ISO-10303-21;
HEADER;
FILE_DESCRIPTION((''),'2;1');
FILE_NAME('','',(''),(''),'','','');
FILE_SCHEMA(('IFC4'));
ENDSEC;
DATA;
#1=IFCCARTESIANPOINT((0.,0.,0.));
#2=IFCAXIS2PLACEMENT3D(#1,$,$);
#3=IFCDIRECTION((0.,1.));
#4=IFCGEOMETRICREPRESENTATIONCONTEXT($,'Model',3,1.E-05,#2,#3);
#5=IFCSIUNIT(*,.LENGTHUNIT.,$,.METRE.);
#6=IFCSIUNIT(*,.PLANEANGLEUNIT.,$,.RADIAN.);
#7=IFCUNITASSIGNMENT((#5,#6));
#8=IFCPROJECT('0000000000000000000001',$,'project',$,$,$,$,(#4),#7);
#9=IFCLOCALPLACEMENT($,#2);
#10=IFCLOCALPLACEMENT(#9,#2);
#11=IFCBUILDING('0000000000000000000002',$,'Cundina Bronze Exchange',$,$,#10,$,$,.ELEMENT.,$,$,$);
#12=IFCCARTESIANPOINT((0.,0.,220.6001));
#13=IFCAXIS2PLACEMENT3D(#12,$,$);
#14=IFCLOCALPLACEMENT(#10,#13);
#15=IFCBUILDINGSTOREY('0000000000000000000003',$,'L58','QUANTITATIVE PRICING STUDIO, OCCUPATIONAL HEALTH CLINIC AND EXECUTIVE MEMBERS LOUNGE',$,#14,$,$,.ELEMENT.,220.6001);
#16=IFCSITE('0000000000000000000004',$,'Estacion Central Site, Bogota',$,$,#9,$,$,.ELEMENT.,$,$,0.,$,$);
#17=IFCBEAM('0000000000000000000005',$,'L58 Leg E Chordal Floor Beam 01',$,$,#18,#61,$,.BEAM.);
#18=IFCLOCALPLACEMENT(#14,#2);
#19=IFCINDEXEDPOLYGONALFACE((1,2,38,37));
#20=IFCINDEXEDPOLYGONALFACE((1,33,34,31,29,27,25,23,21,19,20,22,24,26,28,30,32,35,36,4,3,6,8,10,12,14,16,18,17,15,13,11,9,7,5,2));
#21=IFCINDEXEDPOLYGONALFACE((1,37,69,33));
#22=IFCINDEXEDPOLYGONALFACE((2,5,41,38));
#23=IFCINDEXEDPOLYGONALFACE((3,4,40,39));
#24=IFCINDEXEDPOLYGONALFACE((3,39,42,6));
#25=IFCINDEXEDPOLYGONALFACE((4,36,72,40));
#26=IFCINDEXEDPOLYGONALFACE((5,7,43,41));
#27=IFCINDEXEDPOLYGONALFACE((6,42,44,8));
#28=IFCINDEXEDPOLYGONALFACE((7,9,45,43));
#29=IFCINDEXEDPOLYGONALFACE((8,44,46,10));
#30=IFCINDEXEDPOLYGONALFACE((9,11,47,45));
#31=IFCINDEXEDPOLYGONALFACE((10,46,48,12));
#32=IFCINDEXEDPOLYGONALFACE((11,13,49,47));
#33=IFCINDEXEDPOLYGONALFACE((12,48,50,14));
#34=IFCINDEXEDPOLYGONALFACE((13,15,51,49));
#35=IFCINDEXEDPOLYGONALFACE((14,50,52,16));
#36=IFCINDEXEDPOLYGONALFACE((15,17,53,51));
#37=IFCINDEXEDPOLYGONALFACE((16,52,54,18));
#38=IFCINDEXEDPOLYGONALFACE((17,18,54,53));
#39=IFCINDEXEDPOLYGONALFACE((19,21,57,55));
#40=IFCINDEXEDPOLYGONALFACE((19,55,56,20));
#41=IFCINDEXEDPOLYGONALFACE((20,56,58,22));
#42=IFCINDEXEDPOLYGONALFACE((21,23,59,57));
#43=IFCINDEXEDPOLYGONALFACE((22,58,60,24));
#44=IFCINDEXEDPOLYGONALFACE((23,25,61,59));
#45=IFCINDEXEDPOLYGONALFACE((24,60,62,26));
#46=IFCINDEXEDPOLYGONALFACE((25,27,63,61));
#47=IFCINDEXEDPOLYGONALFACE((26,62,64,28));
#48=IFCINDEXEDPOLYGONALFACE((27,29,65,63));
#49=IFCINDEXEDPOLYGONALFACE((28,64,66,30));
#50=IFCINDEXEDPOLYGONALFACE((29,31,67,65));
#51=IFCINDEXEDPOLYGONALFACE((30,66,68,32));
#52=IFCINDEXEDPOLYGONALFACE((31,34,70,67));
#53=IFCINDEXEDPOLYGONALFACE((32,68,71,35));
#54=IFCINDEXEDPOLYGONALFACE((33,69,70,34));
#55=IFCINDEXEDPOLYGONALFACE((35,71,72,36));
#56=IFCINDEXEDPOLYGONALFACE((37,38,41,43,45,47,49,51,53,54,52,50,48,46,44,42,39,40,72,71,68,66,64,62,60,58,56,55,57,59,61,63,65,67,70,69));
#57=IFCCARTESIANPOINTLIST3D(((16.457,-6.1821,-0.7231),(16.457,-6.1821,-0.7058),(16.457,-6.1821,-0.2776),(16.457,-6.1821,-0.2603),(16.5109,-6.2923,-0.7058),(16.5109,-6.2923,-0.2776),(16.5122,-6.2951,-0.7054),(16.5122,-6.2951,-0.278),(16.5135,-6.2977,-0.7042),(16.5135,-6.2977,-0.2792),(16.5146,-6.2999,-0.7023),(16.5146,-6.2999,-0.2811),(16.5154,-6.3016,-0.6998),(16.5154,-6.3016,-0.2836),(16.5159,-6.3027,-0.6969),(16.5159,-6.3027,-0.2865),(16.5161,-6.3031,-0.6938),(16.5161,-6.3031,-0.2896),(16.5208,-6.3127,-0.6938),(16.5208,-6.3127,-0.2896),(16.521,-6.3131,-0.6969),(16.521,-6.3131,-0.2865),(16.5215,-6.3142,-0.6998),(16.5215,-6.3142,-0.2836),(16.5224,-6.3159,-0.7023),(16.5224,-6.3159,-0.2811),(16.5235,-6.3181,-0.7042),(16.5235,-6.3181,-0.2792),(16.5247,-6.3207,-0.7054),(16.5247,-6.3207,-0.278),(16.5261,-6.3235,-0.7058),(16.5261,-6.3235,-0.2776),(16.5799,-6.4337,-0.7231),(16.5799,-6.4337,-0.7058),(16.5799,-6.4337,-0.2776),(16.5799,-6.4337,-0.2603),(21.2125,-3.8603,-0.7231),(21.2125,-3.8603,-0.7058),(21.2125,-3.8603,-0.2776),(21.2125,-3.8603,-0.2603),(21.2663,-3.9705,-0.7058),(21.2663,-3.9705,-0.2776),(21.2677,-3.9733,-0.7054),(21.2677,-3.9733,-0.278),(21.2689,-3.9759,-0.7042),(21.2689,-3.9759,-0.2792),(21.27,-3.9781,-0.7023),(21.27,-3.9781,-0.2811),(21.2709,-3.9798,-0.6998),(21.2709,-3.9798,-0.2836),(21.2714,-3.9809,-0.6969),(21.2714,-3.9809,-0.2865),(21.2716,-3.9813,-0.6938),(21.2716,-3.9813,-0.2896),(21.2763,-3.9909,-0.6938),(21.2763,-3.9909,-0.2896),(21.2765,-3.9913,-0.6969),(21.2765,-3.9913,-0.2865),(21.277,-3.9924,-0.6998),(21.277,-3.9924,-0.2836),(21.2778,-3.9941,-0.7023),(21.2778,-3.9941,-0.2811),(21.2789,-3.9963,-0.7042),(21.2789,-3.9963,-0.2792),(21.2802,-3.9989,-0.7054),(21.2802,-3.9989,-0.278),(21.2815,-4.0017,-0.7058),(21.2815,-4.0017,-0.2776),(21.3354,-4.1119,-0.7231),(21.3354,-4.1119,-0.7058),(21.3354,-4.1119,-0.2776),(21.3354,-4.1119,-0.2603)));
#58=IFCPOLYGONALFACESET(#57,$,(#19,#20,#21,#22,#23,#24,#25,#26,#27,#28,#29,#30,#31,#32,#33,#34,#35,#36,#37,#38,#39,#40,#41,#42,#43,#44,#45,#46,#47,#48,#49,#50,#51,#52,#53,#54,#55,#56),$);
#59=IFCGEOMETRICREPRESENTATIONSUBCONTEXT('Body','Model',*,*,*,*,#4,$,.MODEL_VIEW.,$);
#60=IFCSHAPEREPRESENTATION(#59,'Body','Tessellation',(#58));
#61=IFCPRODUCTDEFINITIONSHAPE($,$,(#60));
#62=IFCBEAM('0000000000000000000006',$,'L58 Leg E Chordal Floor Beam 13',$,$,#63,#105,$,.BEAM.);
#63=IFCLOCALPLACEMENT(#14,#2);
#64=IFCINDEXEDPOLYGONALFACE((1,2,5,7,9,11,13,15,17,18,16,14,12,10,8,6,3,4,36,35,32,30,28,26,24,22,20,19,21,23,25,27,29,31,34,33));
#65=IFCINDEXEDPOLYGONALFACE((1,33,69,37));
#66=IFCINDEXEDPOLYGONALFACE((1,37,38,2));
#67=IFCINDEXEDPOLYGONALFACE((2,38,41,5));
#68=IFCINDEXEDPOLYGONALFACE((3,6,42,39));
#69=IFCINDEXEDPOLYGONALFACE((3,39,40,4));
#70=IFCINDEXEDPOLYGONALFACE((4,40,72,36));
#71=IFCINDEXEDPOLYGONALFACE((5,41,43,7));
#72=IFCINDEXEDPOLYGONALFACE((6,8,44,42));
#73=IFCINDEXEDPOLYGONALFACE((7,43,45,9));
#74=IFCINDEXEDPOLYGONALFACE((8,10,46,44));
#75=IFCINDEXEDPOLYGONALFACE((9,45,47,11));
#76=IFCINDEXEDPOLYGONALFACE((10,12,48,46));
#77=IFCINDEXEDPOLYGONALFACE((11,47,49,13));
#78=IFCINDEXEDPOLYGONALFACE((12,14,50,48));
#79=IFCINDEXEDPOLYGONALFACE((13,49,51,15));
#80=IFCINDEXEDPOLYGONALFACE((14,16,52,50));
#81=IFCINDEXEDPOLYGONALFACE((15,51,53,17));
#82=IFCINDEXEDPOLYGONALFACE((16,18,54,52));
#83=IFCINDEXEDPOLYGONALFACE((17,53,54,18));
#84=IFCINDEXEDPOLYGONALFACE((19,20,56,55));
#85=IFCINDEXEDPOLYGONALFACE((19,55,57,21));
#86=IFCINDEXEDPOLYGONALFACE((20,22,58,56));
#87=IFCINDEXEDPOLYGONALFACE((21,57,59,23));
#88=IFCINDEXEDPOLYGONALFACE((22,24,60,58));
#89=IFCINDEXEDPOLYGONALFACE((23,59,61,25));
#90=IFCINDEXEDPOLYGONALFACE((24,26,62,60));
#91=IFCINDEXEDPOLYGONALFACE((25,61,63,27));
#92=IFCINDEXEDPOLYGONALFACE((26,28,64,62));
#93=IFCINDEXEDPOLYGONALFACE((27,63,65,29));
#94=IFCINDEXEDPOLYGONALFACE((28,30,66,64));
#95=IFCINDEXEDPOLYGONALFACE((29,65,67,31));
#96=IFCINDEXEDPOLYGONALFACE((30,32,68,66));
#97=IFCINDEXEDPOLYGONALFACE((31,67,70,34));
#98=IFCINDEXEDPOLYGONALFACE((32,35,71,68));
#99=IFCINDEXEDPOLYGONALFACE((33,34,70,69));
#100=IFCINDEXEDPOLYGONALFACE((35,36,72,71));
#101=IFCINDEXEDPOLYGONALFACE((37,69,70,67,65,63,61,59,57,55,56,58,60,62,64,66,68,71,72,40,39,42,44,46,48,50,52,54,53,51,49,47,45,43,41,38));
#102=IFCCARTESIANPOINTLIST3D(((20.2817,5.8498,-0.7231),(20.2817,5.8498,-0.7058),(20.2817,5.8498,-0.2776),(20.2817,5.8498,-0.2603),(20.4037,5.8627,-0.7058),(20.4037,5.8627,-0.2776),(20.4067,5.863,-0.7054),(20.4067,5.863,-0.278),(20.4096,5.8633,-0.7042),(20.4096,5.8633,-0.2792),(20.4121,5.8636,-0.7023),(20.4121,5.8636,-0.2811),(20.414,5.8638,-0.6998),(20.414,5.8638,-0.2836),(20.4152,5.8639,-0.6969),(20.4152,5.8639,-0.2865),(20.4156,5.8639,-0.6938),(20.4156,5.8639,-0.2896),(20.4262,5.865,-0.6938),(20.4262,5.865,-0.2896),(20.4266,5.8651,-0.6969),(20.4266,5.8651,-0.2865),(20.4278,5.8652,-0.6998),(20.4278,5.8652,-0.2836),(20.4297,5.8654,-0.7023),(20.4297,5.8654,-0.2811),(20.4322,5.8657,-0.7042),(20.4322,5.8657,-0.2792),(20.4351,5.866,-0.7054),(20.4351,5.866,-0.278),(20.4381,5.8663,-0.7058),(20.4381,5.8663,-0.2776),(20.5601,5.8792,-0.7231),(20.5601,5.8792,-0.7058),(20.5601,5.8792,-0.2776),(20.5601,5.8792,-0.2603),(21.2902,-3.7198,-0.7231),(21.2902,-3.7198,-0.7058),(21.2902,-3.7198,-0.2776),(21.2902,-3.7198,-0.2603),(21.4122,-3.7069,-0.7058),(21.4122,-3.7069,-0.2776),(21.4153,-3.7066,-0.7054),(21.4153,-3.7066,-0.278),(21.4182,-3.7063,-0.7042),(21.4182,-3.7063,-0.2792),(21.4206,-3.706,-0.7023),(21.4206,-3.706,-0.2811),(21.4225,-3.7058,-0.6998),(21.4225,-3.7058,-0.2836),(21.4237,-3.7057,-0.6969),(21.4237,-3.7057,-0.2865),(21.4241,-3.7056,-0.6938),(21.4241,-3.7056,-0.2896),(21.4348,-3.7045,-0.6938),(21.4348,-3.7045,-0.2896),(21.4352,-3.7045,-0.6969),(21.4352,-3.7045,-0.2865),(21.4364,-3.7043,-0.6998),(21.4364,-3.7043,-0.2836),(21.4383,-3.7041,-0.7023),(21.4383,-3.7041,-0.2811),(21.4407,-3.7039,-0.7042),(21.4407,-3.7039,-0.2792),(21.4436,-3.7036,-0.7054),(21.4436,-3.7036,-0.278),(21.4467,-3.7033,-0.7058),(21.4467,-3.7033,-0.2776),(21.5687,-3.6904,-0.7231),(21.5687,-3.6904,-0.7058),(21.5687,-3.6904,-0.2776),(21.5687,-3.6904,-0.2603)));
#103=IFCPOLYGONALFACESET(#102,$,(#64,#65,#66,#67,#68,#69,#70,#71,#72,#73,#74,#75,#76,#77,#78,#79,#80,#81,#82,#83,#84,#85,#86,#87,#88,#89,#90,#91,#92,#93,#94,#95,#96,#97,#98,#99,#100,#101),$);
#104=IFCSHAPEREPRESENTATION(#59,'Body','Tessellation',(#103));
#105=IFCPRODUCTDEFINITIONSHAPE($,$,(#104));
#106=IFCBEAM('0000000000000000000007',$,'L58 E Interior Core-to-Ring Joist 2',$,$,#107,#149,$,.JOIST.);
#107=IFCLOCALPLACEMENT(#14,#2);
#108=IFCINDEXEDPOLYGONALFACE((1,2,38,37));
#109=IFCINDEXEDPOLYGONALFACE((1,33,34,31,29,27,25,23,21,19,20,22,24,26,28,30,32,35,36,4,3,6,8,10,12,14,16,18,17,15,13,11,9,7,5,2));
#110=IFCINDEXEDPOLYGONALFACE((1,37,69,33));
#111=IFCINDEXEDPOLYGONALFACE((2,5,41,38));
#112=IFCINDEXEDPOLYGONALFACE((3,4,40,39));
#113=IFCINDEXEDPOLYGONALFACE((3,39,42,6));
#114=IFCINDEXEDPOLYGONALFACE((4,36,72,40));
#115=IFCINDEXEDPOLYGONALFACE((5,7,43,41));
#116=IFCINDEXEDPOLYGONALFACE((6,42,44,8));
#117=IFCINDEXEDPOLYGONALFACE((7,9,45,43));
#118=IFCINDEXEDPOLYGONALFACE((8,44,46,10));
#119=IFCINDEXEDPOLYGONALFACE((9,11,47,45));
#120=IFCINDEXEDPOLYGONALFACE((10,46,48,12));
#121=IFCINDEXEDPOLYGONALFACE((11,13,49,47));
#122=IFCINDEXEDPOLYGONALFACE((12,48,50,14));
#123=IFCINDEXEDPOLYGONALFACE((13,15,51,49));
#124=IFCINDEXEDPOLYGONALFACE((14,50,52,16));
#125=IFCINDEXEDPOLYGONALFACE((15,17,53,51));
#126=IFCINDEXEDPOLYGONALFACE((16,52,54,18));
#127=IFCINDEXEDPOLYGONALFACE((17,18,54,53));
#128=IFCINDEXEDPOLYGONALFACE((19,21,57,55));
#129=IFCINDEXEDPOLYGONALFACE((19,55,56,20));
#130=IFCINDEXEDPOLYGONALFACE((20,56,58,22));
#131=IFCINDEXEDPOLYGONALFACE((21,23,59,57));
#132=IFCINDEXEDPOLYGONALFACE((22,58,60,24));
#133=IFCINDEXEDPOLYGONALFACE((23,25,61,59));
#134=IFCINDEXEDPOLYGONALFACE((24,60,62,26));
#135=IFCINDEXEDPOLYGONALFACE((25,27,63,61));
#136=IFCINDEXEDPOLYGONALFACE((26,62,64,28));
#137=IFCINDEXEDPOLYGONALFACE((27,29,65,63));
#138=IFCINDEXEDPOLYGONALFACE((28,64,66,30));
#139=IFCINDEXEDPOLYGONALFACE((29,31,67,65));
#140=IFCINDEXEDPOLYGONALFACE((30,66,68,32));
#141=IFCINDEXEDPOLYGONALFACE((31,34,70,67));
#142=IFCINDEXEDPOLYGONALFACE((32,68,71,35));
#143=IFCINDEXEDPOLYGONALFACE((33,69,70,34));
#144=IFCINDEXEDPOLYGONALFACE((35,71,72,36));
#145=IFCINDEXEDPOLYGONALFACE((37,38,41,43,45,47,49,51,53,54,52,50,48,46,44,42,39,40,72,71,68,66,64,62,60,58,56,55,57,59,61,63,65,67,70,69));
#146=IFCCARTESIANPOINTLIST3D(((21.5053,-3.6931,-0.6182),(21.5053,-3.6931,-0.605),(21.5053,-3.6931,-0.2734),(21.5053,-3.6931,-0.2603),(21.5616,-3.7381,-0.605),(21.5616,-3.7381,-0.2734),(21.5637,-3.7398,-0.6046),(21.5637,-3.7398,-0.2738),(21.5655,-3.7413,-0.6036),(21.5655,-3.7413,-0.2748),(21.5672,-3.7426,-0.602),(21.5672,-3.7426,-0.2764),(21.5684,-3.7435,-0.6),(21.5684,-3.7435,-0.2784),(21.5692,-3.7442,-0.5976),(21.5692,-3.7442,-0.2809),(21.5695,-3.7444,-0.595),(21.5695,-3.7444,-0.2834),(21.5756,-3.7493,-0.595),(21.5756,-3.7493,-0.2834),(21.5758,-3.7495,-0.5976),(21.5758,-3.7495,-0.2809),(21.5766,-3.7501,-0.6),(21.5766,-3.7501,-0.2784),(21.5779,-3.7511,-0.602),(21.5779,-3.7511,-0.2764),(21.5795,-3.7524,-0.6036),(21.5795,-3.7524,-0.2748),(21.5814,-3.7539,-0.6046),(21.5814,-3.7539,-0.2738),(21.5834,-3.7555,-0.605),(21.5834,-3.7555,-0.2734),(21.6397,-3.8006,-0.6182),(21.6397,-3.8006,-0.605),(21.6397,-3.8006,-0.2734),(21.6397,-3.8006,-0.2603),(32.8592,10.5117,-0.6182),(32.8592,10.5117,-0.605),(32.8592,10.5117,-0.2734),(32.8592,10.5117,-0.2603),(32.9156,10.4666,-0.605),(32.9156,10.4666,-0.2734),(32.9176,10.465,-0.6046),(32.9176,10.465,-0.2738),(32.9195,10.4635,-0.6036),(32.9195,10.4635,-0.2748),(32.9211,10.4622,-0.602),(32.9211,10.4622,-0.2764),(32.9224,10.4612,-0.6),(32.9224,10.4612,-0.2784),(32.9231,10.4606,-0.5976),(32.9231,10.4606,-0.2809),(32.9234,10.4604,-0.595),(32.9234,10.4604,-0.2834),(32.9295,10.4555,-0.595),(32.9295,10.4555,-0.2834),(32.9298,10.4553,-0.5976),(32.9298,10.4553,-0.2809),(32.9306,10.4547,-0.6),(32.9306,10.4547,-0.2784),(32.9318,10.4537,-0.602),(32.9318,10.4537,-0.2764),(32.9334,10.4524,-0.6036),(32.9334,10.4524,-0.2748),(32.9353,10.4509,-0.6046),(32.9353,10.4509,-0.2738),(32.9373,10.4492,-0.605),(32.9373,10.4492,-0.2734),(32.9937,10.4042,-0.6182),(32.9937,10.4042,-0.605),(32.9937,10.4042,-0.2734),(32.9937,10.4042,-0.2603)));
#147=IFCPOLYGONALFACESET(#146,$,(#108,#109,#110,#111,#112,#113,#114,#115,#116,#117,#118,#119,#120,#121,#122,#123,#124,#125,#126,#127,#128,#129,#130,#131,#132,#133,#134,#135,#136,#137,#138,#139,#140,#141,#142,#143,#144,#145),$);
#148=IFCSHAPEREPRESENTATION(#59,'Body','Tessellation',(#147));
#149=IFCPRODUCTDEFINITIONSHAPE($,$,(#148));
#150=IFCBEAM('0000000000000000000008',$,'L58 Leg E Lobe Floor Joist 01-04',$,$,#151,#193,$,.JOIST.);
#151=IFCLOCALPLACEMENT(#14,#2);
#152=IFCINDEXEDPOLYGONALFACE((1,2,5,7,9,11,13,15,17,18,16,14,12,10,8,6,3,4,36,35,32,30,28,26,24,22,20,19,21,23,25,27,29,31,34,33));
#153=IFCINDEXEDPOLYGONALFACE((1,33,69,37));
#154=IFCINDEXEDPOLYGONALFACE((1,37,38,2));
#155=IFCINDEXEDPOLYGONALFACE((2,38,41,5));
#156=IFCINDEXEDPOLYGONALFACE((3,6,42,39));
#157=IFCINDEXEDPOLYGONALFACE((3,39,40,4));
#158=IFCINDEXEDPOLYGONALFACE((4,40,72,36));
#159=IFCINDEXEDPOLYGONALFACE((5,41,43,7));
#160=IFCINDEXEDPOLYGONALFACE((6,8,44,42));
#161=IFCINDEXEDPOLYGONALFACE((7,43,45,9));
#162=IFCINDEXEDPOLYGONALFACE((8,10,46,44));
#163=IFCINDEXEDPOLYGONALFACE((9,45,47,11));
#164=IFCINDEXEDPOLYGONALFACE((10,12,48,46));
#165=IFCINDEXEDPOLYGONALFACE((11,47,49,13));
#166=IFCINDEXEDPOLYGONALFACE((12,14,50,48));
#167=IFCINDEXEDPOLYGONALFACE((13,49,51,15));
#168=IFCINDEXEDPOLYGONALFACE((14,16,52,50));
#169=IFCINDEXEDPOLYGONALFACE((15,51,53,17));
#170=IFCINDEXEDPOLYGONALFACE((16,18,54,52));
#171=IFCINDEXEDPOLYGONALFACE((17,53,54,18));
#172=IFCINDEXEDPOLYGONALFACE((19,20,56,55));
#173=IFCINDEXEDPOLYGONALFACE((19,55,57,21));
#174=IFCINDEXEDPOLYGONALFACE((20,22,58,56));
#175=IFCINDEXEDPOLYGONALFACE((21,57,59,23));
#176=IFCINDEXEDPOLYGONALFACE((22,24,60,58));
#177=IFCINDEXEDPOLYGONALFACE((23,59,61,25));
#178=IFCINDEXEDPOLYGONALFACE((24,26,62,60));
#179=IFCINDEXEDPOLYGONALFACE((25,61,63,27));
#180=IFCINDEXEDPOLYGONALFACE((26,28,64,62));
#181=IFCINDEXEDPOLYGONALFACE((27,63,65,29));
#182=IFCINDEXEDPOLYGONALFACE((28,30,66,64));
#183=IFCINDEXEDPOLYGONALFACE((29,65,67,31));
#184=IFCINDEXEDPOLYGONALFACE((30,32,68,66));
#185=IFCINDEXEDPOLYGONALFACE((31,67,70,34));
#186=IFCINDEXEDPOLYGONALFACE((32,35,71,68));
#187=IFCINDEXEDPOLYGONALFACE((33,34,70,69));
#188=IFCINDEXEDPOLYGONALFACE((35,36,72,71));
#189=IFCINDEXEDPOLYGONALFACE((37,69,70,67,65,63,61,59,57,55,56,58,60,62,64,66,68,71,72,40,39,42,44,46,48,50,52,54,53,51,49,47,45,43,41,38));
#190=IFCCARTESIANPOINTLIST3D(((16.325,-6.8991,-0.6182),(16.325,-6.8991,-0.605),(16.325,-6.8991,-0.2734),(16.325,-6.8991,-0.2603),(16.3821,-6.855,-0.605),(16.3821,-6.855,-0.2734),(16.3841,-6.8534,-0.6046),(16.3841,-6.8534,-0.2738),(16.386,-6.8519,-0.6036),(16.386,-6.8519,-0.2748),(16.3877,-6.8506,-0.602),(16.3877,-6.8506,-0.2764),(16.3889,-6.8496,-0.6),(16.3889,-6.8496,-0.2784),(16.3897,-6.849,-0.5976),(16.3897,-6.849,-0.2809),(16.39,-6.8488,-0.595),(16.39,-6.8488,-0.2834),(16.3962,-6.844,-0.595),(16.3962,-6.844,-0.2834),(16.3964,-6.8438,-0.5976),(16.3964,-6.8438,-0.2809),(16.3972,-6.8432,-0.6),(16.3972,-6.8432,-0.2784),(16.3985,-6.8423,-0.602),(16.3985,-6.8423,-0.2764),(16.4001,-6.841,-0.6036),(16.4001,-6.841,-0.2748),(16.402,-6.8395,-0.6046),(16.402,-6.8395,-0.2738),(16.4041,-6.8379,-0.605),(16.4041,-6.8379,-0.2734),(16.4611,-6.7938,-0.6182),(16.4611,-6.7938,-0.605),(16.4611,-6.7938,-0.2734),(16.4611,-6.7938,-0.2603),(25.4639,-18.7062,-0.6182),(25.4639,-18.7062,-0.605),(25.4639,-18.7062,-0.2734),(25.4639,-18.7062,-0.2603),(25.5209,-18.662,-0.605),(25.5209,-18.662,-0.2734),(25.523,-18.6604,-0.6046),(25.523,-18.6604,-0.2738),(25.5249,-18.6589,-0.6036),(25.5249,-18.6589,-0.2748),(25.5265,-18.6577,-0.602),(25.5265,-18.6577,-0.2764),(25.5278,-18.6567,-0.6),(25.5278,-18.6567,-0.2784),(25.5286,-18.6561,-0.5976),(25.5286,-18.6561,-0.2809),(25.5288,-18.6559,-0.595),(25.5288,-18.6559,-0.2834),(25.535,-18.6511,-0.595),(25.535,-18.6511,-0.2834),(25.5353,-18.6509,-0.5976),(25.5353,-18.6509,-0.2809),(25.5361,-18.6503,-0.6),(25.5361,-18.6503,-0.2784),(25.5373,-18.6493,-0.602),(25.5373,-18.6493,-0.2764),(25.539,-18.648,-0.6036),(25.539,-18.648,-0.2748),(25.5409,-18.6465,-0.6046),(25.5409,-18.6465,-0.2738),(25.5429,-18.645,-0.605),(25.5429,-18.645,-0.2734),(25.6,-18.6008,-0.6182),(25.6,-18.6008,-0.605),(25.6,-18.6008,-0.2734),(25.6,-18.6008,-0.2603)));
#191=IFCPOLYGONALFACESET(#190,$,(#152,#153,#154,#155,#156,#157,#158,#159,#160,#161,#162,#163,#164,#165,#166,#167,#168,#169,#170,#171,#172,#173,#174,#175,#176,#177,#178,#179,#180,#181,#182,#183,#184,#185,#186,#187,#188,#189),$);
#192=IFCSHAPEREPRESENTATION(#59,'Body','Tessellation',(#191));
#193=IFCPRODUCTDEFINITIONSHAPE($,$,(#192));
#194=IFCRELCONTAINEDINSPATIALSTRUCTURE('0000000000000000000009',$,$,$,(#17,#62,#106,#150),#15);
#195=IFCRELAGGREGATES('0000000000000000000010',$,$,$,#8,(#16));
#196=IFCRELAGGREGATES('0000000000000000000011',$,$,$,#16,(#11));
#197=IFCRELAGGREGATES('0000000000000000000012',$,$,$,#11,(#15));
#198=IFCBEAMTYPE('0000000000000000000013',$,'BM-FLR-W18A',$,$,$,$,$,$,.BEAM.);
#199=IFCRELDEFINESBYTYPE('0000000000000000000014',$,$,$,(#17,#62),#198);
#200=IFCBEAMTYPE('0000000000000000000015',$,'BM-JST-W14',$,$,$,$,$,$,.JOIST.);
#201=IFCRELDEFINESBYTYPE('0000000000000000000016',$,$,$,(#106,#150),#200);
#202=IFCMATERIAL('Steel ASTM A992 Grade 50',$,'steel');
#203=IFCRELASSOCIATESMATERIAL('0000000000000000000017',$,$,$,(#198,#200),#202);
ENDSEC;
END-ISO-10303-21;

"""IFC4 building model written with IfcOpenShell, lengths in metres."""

from ifc_helpers import new_model, si_unit, direction, frame, origin, origin_2d, place, context, subcontext, project, spatial, i_section, extrude, material, material_profile, profile_set, type_object, element, save


model = new_model("IFC4")

# Units and contexts
model_context = context("Model", 3, precision=1e-05, world=origin(), true_north=direction((0.0, 1.0)))
body_context = subcontext(model_context, "Body", "Model", "MODEL_VIEW")
ifc_project = project(units=[si_unit("LENGTHUNIT", "METRE"), si_unit("PLANEANGLEUNIT", "RADIAN")], contexts=[model_context])

# Site, building, storey
site_placement = place(None, origin())
site = spatial("IfcSite", under=ifc_project, at=site_placement, Name="Estacion Central Site, Bogota", CompositionType="ELEMENT", RefElevation=0.0)
building_placement = place(site_placement, origin())
building = spatial("IfcBuilding", under=site, at=building_placement, Name="Cundina Bronze Exchange", CompositionType="ELEMENT")
storey_placement = place(building_placement, frame((0.0, 0.0, 220.6001)))
storey = spatial("IfcBuildingStorey", under=building, at=storey_placement, Name="L58", Description="QUANTITATIVE PRICING STUDIO, OCCUPATIONAL HEALTH CLINIC AND EXECUTIVE MEMBERS LOUNGE", CompositionType="ELEMENT", Elevation=220.6001)

# Shared definitions
ifc_material_1 = material(Name="Steel ASTM A992 Grade 50", Category="steel")

# Beams
ifc_material_profile_1 = material_profile(ifc_material_1, i_section(OverallWidth=0.28, OverallDepth=0.4629, WebThickness=0.0107, FlangeThickness=0.0173, FilletRadius=0.012, at=origin_2d()), Name="W18X76", Category="steel")
ifc_profile_set_1 = profile_set([ifc_material_profile_1], Name="Steel ASTM A992 Grade 50")
beam_type_1 = type_object("IfcBeamType", Name="BM-FLR-W18A", PredefinedType="BEAM", material=ifc_profile_set_1)
beam_1_placement = place(storey_placement, frame((21.2739, -3.9861, -0.4917), z_axis=(-0.898613, -0.438742, 0.0), x_axis=(0.438742, -0.898613, 0.0)))
element("IfcBeam", 1, at=beam_1_placement, inside=storey, type_object=beam_type_1, Name="L58 Leg E Chordal Floor Beam 01", PredefinedType="BEAM", context=body_context, shape_type="SweptSolid", body=[
    extrude(i_section(OverallWidth=0.28, OverallDepth=0.4629, WebThickness=0.0107, FlangeThickness=0.0173, FilletRadius=0.012, at=origin_2d()), origin(), (0.0, 0.0, 1.0), 5.292),
])
beam_2_placement = place(storey_placement, frame((21.4294, -3.7051, -0.4917), z_axis=(-0.10481, 0.994492, 0.0), x_axis=(-0.994492, -0.10481, 0.0)))
element("IfcBeam", 2, at=beam_2_placement, inside=storey, type_object=beam_type_1, Name="L58 Leg E Chordal Floor Beam 13", PredefinedType="BEAM", context=body_context, shape_type="SweptSolid", body=[
    extrude(i_section(OverallWidth=0.28, OverallDepth=0.4629, WebThickness=0.0107, FlangeThickness=0.0173, FilletRadius=0.012, at=origin_2d()), origin(), (0.0, 0.0, 1.0), 9.6226),
])
ifc_material_profile_2 = material_profile(ifc_material_1, i_section(OverallWidth=0.1721, OverallDepth=0.3579, WebThickness=0.0078, FlangeThickness=0.0132, FilletRadius=0.01, at=origin_2d()), Name="W14X38", Category="steel")
ifc_profile_set_2 = profile_set([ifc_material_profile_2], Name="Steel ASTM A992 Grade 50")
beam_type_2 = type_object("IfcBeamType", Name="BM-JST-W14", PredefinedType="JOIST", material=ifc_profile_set_2)
beam_3_placement = place(storey_placement, frame((21.5725, -3.7468, -0.4392), z_axis=(0.624364, 0.781133, 0.0), x_axis=(-0.781133, 0.624364, 0.0)))
element("IfcBeam", 3, at=beam_3_placement, inside=storey, type_object=beam_type_2, Name="L58 E Interior Core-to-Ring Joist 2", PredefinedType="JOIST", context=body_context, shape_type="SweptSolid", body=[
    extrude(i_section(OverallWidth=0.1721, OverallDepth=0.3579, WebThickness=0.0078, FlangeThickness=0.0132, FilletRadius=0.01, at=origin_2d()), origin(), (0.0, 0.0, 1.0), 18.1848),
])
beam_4_placement = place(storey_placement, frame((16.3931, -6.8464, -0.4392), z_axis=(0.612086, -0.790791, 0.0), x_axis=(0.790791, 0.612086, 0.0)))
element("IfcBeam", 4, at=beam_4_placement, inside=storey, type_object=beam_type_2, Name="L58 Leg E Lobe Floor Joist 01-04", PredefinedType="JOIST", context=body_context, shape_type="SweptSolid", body=[
    extrude(i_section(OverallWidth=0.1721, OverallDepth=0.3579, WebThickness=0.0078, FlangeThickness=0.0132, FilletRadius=0.01, at=origin_2d()), origin(), (0.0, 0.0, 1.0), 14.9307),
])

save(model, "model.ifc")
